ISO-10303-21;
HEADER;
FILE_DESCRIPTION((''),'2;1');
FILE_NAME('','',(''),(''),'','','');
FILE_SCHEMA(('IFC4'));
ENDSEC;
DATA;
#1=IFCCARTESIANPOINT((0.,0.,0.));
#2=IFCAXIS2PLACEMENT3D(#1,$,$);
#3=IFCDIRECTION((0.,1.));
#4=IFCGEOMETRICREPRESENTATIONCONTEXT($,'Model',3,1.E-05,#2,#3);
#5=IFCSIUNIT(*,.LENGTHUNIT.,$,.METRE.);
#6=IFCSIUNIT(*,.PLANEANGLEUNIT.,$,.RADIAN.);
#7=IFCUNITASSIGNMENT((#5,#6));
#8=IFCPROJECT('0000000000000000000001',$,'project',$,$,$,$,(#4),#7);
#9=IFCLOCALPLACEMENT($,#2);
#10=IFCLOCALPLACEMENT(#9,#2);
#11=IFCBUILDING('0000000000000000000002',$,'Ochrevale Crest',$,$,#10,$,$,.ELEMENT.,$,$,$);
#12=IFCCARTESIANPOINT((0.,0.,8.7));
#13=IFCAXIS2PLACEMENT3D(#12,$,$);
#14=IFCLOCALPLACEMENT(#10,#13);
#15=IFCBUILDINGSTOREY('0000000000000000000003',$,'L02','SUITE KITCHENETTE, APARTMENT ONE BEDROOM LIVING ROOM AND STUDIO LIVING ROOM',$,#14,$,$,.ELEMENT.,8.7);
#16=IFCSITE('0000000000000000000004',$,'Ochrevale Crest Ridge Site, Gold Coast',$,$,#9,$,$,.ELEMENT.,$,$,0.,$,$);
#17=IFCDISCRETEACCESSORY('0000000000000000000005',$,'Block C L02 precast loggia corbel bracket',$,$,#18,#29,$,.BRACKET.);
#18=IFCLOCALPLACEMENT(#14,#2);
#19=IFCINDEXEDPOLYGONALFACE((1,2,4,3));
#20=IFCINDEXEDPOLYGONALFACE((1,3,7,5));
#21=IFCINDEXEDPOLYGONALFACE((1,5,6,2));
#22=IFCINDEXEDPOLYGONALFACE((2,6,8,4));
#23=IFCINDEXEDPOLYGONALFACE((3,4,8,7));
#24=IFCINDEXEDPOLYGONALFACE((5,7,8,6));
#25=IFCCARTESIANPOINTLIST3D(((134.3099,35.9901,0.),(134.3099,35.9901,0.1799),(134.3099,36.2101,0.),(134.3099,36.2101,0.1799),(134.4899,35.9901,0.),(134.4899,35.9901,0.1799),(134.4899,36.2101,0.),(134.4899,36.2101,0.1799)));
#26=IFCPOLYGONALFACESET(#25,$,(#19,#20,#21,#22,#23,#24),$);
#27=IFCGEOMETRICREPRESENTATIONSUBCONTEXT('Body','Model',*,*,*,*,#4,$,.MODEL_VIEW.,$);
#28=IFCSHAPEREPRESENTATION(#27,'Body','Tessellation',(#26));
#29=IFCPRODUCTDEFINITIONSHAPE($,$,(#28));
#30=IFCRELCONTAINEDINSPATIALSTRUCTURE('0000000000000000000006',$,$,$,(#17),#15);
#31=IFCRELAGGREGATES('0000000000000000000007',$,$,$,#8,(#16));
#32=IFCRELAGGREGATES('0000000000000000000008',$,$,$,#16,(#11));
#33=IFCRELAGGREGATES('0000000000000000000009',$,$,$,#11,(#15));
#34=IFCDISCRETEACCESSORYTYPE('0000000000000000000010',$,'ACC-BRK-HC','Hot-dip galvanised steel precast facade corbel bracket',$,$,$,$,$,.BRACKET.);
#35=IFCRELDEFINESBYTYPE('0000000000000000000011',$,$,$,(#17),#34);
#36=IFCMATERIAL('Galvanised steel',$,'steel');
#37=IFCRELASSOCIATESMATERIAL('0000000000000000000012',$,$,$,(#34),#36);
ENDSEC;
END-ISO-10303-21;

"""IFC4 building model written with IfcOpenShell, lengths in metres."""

from ifc_helpers import new_model, si_unit, direction, frame, origin, origin_2d, place, context, subcontext, project, spatial, rectangle, extrude, material, type_object, element, save


model = new_model("IFC4")

# Units and contexts
model_context = context("Model", 3, precision=1e-05, world=origin(), true_north=direction((0.0, 1.0)))
body_context = subcontext(model_context, "Body", "Model", "MODEL_VIEW")
ifc_project = project(units=[si_unit("LENGTHUNIT", "METRE"), si_unit("PLANEANGLEUNIT", "RADIAN")], contexts=[model_context])

# Site, building, storey
site_placement = place(None, origin())
site = spatial("IfcSite", under=ifc_project, at=site_placement, Name="Ochrevale Crest Ridge Site, Gold Coast", CompositionType="ELEMENT", RefElevation=0.0)
building_placement = place(site_placement, origin())
building = spatial("IfcBuilding", under=site, at=building_placement, Name="Ochrevale Crest", CompositionType="ELEMENT")
storey_placement = place(building_placement, frame((0.0, 0.0, 8.7)))
storey = spatial("IfcBuildingStorey", under=building, at=storey_placement, Name="L02", Description="SUITE KITCHENETTE, APARTMENT ONE BEDROOM LIVING ROOM AND STUDIO LIVING ROOM", CompositionType="ELEMENT", Elevation=8.7)

# Shared definitions
ifc_material_1 = material(Name="Galvanised steel", Category="steel")

# Discrete accessory
discrete_accessory_type = type_object("IfcDiscreteAccessoryType", Name="ACC-BRK-HC", Description="Hot-dip galvanised steel precast facade corbel bracket", PredefinedType="BRACKET", material=ifc_material_1)
discrete_accessory_placement = place(storey_placement, frame((134.3999, 36.1001, 0.0), z_axis=(0.0, 0.0, 1.0), x_axis=(1.0, 0.0, 0.0)))
element("IfcDiscreteAccessory", 1, at=discrete_accessory_placement, inside=storey, type_object=discrete_accessory_type, Name="Block C L02 precast loggia corbel bracket", PredefinedType="BRACKET", context=body_context, shape_type="SweptSolid", body=[
    extrude(rectangle(XDim=0.1799, YDim=0.22, at=origin_2d()), origin(), (0.0, 0.0, 1.0), 0.1799),
])

save(model, "model.ifc")
